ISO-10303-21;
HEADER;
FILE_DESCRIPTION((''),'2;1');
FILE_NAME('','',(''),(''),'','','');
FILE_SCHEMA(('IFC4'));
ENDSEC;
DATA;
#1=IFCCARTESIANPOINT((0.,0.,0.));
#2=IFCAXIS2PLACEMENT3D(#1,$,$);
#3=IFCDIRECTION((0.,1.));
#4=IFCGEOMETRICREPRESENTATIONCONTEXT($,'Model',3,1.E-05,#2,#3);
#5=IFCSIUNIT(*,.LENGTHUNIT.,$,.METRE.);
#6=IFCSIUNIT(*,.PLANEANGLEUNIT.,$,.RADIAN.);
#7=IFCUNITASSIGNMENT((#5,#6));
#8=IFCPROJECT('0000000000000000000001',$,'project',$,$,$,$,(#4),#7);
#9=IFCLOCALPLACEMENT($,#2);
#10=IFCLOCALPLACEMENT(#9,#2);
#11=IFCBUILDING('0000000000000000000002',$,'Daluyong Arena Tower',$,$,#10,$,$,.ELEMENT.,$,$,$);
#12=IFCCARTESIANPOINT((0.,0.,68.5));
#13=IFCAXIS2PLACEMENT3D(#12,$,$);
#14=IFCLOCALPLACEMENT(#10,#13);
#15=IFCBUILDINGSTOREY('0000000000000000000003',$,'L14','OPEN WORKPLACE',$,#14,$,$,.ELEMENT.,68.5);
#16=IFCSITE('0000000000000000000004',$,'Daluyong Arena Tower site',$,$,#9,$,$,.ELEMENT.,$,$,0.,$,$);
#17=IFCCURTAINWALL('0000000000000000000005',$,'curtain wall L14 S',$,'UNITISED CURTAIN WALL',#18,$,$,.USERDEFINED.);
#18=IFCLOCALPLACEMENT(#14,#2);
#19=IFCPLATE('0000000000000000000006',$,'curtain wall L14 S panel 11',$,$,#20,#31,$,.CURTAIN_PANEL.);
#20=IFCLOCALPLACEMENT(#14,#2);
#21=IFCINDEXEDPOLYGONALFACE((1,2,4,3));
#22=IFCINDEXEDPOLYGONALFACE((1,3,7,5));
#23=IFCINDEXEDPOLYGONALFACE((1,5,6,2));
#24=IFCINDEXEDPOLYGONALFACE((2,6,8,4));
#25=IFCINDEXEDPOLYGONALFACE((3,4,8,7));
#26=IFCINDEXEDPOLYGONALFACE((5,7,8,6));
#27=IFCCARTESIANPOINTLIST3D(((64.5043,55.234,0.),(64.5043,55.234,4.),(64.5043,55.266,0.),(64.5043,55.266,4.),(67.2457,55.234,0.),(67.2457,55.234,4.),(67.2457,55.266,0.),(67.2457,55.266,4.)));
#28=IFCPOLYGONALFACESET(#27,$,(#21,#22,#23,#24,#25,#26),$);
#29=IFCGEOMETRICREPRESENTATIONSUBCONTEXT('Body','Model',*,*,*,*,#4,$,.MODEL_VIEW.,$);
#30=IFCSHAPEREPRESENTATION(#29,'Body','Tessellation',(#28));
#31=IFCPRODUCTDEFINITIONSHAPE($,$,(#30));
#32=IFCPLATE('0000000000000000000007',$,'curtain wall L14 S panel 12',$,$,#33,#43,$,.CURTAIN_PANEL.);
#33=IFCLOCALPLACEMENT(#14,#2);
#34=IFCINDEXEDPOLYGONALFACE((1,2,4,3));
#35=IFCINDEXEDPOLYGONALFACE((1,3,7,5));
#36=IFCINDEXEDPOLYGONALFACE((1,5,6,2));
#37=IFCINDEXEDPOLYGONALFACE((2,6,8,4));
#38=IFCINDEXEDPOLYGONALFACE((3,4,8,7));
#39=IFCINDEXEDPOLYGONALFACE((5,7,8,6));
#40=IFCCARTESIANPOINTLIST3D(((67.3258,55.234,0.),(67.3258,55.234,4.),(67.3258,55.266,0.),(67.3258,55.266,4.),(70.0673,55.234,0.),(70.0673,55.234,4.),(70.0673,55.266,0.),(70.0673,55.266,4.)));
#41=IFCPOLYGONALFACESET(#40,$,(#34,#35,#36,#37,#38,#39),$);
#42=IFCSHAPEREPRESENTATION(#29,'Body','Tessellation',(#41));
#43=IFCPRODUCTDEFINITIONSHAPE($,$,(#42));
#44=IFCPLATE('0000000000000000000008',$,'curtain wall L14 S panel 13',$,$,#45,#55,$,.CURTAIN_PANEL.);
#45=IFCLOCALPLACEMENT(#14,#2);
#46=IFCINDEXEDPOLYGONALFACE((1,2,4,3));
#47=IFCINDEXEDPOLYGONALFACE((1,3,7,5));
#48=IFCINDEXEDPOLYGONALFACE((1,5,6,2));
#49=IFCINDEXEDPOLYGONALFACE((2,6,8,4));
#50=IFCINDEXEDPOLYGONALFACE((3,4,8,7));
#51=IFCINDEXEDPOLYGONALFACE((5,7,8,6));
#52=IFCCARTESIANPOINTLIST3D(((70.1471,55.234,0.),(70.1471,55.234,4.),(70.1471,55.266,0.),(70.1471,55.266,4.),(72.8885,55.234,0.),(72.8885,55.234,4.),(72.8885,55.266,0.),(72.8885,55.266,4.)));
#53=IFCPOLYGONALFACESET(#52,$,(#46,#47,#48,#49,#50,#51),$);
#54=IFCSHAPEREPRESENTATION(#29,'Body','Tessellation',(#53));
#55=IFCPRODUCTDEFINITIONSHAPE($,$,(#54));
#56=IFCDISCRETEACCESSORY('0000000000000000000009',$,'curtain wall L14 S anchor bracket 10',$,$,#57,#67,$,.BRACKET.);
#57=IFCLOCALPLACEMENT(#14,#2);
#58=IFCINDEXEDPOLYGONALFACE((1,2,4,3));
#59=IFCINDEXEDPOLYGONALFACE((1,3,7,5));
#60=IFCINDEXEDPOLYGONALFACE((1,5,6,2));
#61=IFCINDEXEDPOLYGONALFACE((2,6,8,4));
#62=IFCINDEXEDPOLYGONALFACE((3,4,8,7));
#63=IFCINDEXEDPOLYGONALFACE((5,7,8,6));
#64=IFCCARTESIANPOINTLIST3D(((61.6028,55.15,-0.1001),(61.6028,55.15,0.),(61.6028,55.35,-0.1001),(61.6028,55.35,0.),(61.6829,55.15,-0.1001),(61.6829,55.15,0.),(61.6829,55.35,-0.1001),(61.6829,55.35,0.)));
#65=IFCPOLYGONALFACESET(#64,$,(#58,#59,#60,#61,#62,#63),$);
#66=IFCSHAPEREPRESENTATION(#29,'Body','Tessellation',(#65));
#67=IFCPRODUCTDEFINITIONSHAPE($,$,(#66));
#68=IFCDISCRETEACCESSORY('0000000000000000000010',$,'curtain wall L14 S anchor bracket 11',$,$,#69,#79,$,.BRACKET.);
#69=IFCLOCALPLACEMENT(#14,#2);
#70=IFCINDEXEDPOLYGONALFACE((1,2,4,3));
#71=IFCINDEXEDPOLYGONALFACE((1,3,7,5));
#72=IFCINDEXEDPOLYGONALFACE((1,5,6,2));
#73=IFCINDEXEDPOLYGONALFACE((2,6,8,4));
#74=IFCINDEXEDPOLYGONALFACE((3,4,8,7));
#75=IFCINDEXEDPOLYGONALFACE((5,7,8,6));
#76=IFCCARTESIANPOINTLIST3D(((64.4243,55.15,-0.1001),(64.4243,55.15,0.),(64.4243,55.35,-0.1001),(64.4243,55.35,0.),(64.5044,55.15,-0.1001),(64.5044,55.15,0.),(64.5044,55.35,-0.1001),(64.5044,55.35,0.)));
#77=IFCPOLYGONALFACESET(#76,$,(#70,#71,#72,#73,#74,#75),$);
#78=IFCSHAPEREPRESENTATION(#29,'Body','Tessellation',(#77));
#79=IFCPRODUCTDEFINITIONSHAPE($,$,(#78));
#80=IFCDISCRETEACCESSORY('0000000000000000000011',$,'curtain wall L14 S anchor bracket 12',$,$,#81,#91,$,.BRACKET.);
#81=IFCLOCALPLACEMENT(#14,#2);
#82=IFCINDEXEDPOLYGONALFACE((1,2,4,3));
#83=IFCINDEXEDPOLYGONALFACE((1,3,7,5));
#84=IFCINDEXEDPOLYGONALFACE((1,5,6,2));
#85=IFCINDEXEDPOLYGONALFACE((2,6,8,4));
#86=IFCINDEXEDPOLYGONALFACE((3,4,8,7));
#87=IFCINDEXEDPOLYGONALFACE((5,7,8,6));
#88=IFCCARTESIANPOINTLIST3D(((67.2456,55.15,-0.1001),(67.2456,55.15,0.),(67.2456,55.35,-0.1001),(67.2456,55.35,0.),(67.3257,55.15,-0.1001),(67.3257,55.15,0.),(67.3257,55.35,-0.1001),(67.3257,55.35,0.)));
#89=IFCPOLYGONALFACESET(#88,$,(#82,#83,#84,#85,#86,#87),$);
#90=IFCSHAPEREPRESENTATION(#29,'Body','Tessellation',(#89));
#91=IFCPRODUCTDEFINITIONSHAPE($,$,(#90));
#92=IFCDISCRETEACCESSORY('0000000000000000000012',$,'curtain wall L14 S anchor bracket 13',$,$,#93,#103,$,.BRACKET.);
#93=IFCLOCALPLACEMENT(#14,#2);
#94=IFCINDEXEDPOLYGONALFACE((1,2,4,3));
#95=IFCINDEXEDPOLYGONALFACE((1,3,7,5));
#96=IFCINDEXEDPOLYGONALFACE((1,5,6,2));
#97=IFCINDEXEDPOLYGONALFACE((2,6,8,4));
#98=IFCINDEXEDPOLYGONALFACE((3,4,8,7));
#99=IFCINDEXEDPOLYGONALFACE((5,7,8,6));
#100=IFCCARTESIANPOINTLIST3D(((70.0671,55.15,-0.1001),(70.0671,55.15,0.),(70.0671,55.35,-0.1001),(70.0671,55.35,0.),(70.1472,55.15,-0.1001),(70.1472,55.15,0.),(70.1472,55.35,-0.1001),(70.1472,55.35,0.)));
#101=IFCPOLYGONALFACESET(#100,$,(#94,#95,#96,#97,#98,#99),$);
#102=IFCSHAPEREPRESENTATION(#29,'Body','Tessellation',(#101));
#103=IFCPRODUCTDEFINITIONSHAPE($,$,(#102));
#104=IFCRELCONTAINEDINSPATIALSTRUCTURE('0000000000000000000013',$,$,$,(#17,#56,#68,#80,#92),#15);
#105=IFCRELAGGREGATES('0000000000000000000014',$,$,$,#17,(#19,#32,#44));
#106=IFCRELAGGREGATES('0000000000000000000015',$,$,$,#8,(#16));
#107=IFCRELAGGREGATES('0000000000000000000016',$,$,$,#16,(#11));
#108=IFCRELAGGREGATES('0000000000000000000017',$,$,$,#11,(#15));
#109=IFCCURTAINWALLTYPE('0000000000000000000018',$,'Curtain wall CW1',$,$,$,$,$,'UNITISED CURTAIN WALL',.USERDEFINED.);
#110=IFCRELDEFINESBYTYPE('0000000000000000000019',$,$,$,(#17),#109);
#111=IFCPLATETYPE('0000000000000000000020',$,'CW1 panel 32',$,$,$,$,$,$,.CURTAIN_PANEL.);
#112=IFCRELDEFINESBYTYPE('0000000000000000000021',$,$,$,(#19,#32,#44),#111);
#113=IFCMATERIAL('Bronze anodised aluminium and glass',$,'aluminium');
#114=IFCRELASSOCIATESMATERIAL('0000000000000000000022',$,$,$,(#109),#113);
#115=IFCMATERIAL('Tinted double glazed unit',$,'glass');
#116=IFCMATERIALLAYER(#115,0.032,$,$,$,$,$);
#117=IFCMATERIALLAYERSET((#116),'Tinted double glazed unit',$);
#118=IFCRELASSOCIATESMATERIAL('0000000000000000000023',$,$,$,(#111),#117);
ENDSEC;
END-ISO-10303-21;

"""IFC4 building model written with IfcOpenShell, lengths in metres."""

from ifc_helpers import new_model, si_unit, direction, frame, origin, origin_2d, place, context, subcontext, project, spatial, rectangle, extrude, material, layer, layer_set, type_object, element, aggregate, save


model = new_model("IFC4")

# Units and contexts
model_context = context("Model", 3, precision=1e-05, world=origin(), true_north=direction((0.0, 1.0)))
body_context = subcontext(model_context, "Body", "Model", "MODEL_VIEW")
ifc_project = project(units=[si_unit("LENGTHUNIT", "METRE"), si_unit("PLANEANGLEUNIT", "RADIAN")], contexts=[model_context])

# Site, building, storey
site_placement = place(None, origin())
site = spatial("IfcSite", under=ifc_project, at=site_placement, Name="Daluyong Arena Tower site", CompositionType="ELEMENT", RefElevation=0.0)
building_placement = place(site_placement, origin())
building = spatial("IfcBuilding", under=site, at=building_placement, Name="Daluyong Arena Tower", CompositionType="ELEMENT")
storey_placement = place(building_placement, frame((0.0, 0.0, 68.5)))
storey = spatial("IfcBuildingStorey", under=building, at=storey_placement, Name="L14", Description="OPEN WORKPLACE", CompositionType="ELEMENT", Elevation=68.5)

# Curtain wall
ifc_material_1 = material(Name="Bronze anodised aluminium and glass", Category="aluminium")
curtain_wall_type = type_object("IfcCurtainWallType", Name="Curtain wall CW1", ElementType="UNITISED CURTAIN WALL", PredefinedType="USERDEFINED", material=ifc_material_1)
curtain_wall_placement = place(storey_placement, origin())
curtain_wall = element("IfcCurtainWall", 1, at=curtain_wall_placement, inside=storey, type_object=curtain_wall_type, Name="curtain wall L14 S", ObjectType="UNITISED CURTAIN WALL", PredefinedType="USERDEFINED")

# Plates
ifc_material_2 = material(Name="Tinted double glazed unit", Category="glass")
ifc_layer = layer(ifc_material_2, 0.032)
ifc_layer_set = layer_set([ifc_layer], Name="Tinted double glazed unit")
plate_type = type_object("IfcPlateType", Name="CW1 panel 32", PredefinedType="CURTAIN_PANEL", material=ifc_layer_set)
plate_1_placement = place(storey_placement, frame((65.875, 55.25, 0.0), z_axis=(0.0, 0.0, 1.0), x_axis=(1.0, 0.0, 0.0)))
plate_1 = element("IfcPlate", 2, at=plate_1_placement, type_object=plate_type, Name="curtain wall L14 S panel 11", PredefinedType="CURTAIN_PANEL", context=body_context, shape_type="SweptSolid", body=[
    extrude(rectangle(XDim=2.7415, YDim=0.032, at=origin_2d()), origin(), (0.0, 0.0, 1.0), 4.0),
])
plate_2_placement = place(storey_placement, frame((68.6965, 55.25, 0.0), z_axis=(0.0, 0.0, 1.0), x_axis=(1.0, 0.0, 0.0)))
plate_2 = element("IfcPlate", 3, at=plate_2_placement, type_object=plate_type, Name="curtain wall L14 S panel 12", PredefinedType="CURTAIN_PANEL", context=body_context, shape_type="SweptSolid", body=[
    extrude(rectangle(XDim=2.7415, YDim=0.032, at=origin_2d()), origin(), (0.0, 0.0, 1.0), 4.0),
])
plate_3_placement = place(storey_placement, frame((71.5178, 55.25, 0.0), z_axis=(0.0, 0.0, 1.0), x_axis=(1.0, 0.0, 0.0)))
plate_3 = element("IfcPlate", 4, at=plate_3_placement, type_object=plate_type, Name="curtain wall L14 S panel 13", PredefinedType="CURTAIN_PANEL", context=body_context, shape_type="SweptSolid", body=[
    extrude(rectangle(XDim=2.7415, YDim=0.032, at=origin_2d()), origin(), (0.0, 0.0, 1.0), 4.0),
])
aggregate(curtain_wall, [plate_1, plate_2, plate_3])

# Discrete accessories
for number, where, z_axis, x_axis, name in (
    (5, (61.6428, 55.25, -0.1001), (0.0, 0.0, 1.0), (1.0, 0.0, 0.0), "curtain wall L14 S anchor bracket 10"),
    (6, (64.4644, 55.25, -0.1001), (0.0, 0.0, 1.0), (1.0, 0.0, 0.0), "curtain wall L14 S anchor bracket 11"),
    (7, (67.2856, 55.25, -0.1001), (0.0, 0.0, 1.0), (1.0, 0.0, 0.0), "curtain wall L14 S anchor bracket 12"),
    (8, (70.1072, 55.25, -0.1001), (0.0, 0.0, 1.0), (1.0, 0.0, 0.0), "curtain wall L14 S anchor bracket 13"),
):
    element("IfcDiscreteAccessory", number, at=place(storey_placement, frame(where, z_axis=z_axis, x_axis=x_axis)), inside=storey, Name=name, PredefinedType="BRACKET", context=body_context, shape_type="SweptSolid", body=[
        extrude(rectangle(XDim=0.0801, YDim=0.2, at=origin_2d()), origin(), (0.0, 0.0, 1.0), 0.1001),
    ])

save(model, "model.ifc")
